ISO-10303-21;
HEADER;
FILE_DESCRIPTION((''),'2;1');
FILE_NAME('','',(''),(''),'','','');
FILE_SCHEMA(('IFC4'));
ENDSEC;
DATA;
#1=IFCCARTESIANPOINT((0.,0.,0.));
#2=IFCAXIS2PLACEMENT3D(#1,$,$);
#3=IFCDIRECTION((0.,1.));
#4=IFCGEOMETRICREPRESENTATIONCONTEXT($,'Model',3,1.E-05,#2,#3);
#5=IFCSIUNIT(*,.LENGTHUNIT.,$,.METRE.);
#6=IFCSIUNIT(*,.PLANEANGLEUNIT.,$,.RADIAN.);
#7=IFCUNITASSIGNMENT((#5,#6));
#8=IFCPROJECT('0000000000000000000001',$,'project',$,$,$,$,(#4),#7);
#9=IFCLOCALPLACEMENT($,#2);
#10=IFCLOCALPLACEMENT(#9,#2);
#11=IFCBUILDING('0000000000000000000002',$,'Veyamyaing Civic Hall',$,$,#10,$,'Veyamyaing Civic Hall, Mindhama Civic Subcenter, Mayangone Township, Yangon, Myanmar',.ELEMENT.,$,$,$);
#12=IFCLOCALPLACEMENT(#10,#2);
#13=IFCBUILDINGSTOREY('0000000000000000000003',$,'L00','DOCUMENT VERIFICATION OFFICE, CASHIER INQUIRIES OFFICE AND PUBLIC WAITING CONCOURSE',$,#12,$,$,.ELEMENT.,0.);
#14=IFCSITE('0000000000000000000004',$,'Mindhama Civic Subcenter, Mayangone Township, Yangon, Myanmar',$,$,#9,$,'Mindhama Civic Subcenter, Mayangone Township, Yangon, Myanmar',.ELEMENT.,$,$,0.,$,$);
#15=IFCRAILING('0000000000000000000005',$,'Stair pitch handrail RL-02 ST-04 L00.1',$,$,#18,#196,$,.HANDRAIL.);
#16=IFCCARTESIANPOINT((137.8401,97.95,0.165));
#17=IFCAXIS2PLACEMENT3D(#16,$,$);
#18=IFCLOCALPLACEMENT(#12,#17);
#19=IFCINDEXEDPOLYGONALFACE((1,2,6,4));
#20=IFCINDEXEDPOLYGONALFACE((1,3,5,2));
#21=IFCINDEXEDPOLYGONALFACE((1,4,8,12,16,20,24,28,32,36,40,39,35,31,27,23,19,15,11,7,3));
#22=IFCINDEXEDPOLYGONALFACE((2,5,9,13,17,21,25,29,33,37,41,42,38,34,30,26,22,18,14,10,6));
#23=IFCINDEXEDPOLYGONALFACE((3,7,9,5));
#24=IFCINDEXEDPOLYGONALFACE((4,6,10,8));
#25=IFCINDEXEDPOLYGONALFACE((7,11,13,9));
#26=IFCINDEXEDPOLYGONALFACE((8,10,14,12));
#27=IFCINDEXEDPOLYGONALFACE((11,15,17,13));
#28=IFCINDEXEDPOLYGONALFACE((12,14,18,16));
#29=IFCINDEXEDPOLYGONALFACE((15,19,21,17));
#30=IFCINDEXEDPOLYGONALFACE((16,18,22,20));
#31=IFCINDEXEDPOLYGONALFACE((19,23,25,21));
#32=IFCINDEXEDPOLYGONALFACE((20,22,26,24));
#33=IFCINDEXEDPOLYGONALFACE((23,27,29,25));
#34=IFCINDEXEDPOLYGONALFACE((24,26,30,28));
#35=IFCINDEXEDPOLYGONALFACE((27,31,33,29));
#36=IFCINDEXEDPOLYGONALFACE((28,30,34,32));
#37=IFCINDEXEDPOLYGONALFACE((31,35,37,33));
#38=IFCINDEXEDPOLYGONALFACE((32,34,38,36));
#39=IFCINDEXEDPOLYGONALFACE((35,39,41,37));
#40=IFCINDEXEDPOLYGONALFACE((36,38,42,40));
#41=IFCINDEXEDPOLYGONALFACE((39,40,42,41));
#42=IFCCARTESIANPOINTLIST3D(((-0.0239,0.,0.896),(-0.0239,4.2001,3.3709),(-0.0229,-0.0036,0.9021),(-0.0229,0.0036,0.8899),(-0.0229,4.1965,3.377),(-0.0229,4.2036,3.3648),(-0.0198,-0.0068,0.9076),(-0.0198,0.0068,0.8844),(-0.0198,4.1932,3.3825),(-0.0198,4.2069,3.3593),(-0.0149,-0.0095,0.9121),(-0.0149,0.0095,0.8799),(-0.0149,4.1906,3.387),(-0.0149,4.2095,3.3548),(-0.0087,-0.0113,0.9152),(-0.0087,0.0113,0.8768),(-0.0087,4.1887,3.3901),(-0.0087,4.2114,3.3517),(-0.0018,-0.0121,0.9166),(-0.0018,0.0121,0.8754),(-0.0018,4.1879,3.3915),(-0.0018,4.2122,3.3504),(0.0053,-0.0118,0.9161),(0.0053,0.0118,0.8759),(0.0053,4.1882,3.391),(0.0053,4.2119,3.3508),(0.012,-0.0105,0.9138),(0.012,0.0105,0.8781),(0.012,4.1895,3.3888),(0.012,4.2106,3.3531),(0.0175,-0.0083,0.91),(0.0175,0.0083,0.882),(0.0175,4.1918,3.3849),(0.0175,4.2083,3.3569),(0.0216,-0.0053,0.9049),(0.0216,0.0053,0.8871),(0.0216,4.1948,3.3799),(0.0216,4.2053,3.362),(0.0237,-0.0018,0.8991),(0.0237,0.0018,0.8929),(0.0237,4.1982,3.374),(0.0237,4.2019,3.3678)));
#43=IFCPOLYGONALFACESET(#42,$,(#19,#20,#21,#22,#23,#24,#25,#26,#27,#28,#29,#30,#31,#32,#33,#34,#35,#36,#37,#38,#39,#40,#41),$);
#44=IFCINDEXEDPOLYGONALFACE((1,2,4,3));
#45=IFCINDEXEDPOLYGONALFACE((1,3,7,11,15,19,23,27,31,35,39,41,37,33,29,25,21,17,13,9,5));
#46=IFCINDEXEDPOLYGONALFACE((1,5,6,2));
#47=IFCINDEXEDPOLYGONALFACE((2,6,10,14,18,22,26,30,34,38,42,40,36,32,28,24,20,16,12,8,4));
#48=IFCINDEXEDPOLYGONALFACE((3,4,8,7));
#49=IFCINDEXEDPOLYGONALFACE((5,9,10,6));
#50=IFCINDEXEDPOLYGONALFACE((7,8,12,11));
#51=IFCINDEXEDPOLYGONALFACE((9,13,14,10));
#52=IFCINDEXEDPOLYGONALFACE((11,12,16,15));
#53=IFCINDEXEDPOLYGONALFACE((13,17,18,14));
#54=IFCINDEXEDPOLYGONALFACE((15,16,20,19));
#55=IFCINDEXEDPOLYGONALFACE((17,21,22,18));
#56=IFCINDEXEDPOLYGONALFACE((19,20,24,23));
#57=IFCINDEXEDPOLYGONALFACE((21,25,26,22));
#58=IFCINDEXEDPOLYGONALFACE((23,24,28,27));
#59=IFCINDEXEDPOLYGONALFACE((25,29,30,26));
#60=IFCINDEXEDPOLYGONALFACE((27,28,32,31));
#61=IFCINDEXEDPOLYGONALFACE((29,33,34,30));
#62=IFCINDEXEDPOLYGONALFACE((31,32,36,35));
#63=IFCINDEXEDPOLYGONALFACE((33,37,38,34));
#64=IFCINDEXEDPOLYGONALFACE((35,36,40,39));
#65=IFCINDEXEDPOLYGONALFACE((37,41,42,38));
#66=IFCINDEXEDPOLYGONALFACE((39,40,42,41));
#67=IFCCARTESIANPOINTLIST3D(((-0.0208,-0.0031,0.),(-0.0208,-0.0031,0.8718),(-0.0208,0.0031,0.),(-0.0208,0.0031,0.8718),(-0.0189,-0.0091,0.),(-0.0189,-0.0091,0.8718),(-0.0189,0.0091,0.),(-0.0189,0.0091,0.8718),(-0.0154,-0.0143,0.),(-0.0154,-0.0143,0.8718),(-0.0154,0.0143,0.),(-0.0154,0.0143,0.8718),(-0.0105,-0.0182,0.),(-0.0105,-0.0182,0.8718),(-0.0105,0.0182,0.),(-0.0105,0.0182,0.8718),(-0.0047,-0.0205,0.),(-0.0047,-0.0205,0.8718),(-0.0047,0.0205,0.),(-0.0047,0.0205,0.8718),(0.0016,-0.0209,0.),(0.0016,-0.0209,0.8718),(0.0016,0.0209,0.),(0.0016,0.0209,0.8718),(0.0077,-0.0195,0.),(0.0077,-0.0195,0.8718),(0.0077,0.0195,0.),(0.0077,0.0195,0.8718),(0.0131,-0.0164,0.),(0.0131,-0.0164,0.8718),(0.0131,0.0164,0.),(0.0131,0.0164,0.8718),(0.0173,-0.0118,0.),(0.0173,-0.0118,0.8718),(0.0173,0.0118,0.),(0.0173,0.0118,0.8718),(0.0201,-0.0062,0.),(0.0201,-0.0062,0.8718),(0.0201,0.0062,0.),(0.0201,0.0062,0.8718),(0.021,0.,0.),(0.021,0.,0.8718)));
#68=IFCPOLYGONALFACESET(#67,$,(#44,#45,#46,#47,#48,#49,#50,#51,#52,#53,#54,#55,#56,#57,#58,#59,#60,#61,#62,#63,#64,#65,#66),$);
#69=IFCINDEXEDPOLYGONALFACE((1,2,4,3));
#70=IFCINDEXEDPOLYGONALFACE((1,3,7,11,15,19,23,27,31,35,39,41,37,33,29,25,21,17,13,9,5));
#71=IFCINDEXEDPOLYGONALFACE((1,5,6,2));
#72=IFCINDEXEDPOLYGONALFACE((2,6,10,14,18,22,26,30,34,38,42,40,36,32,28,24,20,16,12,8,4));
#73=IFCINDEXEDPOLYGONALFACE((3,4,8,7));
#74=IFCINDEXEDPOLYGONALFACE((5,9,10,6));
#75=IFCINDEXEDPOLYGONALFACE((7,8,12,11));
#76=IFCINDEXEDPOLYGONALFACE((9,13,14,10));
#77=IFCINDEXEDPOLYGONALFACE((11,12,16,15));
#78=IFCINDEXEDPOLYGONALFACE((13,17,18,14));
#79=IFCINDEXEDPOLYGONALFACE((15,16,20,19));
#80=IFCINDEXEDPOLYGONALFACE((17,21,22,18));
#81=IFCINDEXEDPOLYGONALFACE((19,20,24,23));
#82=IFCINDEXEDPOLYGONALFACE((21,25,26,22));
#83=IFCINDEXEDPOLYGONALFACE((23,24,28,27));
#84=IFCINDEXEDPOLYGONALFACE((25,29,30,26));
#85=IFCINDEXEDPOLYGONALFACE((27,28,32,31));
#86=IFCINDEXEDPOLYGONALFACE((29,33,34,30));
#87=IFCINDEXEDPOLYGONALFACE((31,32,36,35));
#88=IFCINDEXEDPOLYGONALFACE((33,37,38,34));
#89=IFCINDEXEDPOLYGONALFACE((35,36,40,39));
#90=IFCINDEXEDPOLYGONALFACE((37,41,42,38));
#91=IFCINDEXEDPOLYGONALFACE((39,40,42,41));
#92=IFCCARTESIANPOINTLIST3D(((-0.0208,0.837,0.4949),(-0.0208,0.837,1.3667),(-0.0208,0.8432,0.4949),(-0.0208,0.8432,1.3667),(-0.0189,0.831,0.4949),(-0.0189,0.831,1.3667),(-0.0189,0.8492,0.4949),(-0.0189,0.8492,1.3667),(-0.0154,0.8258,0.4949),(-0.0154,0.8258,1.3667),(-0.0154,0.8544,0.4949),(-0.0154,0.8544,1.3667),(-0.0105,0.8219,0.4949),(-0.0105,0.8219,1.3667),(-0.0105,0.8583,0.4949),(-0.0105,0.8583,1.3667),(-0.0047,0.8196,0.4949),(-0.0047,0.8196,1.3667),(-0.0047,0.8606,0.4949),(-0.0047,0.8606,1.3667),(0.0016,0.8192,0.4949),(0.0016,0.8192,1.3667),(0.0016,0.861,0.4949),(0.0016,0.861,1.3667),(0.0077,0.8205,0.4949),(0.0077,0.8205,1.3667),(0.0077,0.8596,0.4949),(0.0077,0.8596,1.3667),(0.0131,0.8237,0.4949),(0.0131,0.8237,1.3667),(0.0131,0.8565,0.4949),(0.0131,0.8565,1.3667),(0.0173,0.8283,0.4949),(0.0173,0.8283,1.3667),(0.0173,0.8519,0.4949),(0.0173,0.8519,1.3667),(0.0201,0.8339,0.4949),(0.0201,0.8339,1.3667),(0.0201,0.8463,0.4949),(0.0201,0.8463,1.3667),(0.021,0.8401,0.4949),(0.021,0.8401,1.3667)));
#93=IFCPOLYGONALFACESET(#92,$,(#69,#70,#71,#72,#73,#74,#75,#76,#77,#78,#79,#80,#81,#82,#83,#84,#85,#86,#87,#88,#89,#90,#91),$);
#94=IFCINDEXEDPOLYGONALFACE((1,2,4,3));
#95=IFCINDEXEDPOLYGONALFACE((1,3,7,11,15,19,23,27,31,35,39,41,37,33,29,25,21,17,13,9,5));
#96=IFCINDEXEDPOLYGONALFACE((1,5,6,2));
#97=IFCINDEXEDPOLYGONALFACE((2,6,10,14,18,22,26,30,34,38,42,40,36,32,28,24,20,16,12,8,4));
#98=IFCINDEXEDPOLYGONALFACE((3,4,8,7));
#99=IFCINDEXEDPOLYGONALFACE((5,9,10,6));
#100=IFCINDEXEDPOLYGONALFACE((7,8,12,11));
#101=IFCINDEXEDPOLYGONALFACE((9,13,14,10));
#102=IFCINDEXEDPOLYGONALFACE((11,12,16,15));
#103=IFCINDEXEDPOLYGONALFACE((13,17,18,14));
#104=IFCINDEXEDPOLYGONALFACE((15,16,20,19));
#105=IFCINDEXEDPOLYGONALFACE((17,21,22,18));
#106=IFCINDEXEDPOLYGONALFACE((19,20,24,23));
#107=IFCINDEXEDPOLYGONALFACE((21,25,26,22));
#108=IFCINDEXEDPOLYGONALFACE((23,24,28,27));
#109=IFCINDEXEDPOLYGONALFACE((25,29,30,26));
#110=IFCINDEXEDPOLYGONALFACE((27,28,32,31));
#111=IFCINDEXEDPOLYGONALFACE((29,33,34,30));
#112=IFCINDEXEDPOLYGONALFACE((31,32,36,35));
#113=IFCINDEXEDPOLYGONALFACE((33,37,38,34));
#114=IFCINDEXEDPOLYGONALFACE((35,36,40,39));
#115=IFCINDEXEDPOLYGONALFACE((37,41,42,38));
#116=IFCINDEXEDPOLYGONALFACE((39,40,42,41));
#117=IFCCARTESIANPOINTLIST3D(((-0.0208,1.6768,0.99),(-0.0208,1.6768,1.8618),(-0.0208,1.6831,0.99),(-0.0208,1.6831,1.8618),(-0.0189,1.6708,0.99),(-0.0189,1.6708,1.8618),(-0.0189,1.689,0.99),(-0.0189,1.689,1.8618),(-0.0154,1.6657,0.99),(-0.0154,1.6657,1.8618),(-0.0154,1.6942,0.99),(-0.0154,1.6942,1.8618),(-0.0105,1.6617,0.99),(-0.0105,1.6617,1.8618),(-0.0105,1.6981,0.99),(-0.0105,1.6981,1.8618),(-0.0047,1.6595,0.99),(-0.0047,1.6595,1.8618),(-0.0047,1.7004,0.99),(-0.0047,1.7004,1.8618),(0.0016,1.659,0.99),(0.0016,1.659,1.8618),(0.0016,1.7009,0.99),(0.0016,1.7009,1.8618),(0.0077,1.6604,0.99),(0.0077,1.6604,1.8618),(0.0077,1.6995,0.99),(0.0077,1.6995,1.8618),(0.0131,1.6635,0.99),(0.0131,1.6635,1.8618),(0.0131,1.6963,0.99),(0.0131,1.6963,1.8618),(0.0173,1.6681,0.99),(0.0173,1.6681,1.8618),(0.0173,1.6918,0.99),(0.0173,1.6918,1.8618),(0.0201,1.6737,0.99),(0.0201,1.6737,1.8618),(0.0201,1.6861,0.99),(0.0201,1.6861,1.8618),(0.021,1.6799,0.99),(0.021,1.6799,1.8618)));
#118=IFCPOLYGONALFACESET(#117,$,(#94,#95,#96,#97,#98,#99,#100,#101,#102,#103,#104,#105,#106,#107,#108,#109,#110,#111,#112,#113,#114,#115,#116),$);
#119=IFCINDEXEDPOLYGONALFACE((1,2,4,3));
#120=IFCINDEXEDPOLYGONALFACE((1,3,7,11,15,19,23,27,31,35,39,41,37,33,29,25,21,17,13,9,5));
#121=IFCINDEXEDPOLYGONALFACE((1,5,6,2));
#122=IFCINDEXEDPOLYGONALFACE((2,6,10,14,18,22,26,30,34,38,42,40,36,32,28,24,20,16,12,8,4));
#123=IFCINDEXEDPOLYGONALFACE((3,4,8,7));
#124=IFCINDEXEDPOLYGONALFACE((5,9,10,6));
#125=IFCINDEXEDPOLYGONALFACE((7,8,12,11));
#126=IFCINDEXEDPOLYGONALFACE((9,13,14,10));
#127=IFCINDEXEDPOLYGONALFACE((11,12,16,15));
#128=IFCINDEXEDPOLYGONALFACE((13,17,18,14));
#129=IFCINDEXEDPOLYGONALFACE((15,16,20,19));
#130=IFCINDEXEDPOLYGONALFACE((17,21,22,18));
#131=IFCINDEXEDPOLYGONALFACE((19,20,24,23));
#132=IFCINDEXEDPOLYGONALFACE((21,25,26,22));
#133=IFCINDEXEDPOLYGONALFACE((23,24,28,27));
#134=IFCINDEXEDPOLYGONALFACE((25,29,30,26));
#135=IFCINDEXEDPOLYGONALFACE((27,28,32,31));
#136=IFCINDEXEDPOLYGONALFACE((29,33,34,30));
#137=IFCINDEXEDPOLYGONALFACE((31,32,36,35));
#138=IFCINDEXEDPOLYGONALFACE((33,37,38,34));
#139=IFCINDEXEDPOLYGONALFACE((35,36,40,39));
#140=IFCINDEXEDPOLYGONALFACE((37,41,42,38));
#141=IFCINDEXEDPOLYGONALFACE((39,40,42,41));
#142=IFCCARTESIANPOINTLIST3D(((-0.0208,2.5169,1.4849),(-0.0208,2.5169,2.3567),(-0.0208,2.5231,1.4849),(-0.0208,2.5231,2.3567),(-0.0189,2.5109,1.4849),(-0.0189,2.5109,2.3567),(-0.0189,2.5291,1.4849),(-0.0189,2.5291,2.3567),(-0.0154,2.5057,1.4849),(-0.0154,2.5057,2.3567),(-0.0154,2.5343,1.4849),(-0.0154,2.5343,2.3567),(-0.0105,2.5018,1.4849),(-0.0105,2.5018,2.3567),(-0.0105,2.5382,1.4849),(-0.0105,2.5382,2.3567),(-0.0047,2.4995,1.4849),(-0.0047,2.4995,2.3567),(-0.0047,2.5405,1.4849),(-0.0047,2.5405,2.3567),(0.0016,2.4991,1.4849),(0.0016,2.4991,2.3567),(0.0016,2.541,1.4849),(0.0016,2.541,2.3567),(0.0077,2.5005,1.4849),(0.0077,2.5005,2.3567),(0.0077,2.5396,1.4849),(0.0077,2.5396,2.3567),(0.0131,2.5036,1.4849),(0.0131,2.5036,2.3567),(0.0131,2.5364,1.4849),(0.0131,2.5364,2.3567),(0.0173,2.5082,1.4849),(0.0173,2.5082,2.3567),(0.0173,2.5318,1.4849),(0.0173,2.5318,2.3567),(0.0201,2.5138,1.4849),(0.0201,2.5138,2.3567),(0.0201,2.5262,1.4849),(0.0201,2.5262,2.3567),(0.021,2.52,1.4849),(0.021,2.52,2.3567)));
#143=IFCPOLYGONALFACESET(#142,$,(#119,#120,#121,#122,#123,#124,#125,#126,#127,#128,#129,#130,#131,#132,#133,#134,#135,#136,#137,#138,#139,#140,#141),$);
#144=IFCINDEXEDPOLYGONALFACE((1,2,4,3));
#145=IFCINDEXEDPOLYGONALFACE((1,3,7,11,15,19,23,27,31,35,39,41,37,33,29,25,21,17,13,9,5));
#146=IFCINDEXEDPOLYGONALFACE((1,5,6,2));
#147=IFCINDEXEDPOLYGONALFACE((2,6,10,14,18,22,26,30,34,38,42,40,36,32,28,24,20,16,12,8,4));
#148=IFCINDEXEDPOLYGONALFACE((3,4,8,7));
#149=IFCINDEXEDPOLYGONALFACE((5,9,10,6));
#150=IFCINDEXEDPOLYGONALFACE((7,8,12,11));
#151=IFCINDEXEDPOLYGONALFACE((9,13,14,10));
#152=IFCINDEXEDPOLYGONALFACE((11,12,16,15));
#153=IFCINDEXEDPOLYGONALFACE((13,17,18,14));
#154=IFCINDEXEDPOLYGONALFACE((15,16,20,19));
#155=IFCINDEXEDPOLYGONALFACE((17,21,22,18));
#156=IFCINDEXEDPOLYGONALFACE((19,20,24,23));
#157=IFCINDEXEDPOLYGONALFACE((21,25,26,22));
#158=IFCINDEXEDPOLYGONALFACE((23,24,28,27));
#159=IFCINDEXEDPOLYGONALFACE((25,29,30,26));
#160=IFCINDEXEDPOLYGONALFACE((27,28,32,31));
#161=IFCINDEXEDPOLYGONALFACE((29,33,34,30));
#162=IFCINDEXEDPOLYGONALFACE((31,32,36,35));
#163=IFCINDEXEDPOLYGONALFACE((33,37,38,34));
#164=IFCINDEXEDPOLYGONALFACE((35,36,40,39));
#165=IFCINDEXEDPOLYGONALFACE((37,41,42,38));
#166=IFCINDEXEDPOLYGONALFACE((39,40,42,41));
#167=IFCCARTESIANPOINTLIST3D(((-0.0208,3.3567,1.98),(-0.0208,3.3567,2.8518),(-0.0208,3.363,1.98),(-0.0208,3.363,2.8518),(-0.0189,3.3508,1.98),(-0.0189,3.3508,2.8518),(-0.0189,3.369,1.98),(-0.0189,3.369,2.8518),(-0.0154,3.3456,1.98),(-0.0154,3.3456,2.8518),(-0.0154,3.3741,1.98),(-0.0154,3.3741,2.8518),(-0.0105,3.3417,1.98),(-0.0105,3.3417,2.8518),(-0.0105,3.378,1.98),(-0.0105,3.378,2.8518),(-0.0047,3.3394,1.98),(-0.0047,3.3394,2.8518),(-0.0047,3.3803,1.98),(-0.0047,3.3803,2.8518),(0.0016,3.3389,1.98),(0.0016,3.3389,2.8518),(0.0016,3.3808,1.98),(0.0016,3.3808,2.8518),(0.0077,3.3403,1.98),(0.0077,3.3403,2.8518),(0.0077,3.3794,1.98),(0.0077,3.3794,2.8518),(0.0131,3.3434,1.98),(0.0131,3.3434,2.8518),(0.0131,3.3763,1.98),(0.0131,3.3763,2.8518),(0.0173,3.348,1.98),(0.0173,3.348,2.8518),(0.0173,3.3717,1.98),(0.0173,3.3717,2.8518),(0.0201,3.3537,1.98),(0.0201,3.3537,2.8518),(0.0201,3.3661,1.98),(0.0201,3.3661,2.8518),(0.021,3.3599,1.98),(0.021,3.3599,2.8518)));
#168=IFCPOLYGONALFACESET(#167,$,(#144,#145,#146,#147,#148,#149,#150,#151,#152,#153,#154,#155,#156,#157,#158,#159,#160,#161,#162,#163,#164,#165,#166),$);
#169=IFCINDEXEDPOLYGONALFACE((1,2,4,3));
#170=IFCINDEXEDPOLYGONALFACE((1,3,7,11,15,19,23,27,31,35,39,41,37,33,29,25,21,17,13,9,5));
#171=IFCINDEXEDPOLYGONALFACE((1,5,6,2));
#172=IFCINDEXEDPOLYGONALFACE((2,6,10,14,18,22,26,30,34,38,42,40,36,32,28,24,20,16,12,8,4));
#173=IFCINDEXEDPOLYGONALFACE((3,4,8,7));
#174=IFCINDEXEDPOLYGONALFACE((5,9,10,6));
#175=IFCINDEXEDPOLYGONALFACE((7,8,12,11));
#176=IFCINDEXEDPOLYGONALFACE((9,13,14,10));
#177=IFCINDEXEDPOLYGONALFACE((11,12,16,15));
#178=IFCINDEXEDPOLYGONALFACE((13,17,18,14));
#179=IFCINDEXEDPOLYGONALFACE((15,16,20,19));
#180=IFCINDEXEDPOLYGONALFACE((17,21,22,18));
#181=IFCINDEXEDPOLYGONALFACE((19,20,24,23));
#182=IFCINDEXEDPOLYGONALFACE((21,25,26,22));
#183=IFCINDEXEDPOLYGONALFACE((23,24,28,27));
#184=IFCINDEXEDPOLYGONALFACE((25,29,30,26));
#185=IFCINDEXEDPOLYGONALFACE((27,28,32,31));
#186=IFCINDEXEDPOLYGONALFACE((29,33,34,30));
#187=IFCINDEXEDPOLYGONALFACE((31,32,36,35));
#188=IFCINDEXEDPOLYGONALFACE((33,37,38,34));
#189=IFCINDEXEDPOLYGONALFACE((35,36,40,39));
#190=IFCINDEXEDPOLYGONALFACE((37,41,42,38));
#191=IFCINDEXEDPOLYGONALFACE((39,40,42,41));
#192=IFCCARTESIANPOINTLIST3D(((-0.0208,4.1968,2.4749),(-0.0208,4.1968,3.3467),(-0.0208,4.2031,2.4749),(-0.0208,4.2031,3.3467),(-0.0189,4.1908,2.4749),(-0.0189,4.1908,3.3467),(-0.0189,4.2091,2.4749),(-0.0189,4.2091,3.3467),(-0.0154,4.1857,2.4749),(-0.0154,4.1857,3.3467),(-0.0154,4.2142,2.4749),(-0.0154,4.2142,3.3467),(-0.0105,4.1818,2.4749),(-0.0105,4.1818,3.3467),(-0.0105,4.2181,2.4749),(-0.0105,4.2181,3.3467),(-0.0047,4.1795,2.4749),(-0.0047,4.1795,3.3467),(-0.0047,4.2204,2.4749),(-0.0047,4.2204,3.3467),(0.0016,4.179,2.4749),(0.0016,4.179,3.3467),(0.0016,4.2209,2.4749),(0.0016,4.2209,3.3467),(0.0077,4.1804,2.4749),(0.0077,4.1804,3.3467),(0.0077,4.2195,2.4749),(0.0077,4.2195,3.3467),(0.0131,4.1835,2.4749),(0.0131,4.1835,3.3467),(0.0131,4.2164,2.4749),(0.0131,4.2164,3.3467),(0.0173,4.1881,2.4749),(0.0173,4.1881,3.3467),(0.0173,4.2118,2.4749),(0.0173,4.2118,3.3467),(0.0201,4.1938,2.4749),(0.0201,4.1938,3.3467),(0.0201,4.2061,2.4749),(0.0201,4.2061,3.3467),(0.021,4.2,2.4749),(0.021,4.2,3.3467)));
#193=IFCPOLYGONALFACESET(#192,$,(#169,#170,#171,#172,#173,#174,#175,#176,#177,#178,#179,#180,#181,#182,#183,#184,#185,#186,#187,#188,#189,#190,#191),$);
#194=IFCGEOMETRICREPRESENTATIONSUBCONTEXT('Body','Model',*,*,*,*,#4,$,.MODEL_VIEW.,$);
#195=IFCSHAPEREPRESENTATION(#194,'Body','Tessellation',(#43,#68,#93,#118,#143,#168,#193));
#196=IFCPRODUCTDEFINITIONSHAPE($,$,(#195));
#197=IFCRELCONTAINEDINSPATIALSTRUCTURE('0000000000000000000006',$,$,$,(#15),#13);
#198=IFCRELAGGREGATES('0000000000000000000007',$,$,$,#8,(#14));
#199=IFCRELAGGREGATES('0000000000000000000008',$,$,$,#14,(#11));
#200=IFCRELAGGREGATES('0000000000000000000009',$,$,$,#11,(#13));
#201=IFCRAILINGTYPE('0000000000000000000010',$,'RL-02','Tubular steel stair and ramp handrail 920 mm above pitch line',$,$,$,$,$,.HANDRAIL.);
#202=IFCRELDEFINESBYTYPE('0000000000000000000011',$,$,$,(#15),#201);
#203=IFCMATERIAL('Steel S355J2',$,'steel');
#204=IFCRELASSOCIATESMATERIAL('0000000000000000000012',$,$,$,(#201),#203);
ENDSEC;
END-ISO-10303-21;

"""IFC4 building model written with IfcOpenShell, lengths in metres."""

from ifc_helpers import new_model, si_unit, direction, frame, origin, origin_2d, place, context, subcontext, project, spatial, circle, extrude, material, type_object, element, save


model = new_model("IFC4")

# Units and contexts
model_context = context("Model", 3, precision=1e-05, world=origin(), true_north=direction((0.0, 1.0)))
body_context = subcontext(model_context, "Body", "Model", "MODEL_VIEW")
ifc_project = project(units=[si_unit("LENGTHUNIT", "METRE"), si_unit("PLANEANGLEUNIT", "RADIAN")], contexts=[model_context])

# Site, building, storey
site_placement = place(None, origin())
site = spatial("IfcSite", under=ifc_project, at=site_placement, Name="Mindhama Civic Subcenter, Mayangone Township, Yangon, Myanmar", LongName="Mindhama Civic Subcenter, Mayangone Township, Yangon, Myanmar", CompositionType="ELEMENT", RefElevation=0.0)
building_placement = place(site_placement, origin())
building = spatial("IfcBuilding", under=site, at=building_placement, Name="Veyamyaing Civic Hall", LongName="Veyamyaing Civic Hall, Mindhama Civic Subcenter, Mayangone Township, Yangon, Myanmar", CompositionType="ELEMENT")
storey_placement = place(building_placement, origin())
storey = spatial("IfcBuildingStorey", under=building, at=storey_placement, Name="L00", Description="DOCUMENT VERIFICATION OFFICE, CASHIER INQUIRIES OFFICE AND PUBLIC WAITING CONCOURSE", CompositionType="ELEMENT", Elevation=0.0)

# Railing
ifc_material_1 = material(Name="Steel S355J2", Category="steel")
railing_type_1 = type_object("IfcRailingType", Name="RL-02", Description="Tubular steel stair and ramp handrail 920 mm above pitch line", PredefinedType="HANDRAIL", material=ifc_material_1)
railing_1_placement = place(storey_placement, frame((137.8401, 97.95, 0.165)))
element("IfcRailing", 1, at=railing_1_placement, inside=storey, type_object=railing_type_1, Name="Stair pitch handrail RL-02 ST-04 L00.1", PredefinedType="HANDRAIL", context=body_context, shape_type="SweptSolid", body=[
    extrude(circle(Radius=0.0239, at=origin_2d()), frame((0.0, 0.0, 0.896), z_axis=(0.0, 0.861549, 0.507674), x_axis=(-1.0, 0.0, 0.0)), (0.0, 0.0, 1.0), 4.875),
    extrude(circle(Radius=0.021, at=origin_2d()), origin(), (0.0, 0.0, 1.0), 0.8718),
    extrude(circle(Radius=0.021, at=origin_2d()), frame((0.0, 0.8401, 0.4949)), (0.0, 0.0, 1.0), 0.8718),
    extrude(circle(Radius=0.021, at=origin_2d()), frame((0.0, 1.6799, 0.99)), (0.0, 0.0, 1.0), 0.8718),
    extrude(circle(Radius=0.021, at=origin_2d()), frame((0.0, 2.52, 1.4849)), (0.0, 0.0, 1.0), 0.8718),
    extrude(circle(Radius=0.021, at=origin_2d()), frame((0.0, 3.3599, 1.98)), (0.0, 0.0, 1.0), 0.8718),
    extrude(circle(Radius=0.021, at=origin_2d()), frame((0.0, 4.2, 2.4749)), (0.0, 0.0, 1.0), 0.8718),
])

save(model, "model.ifc")
